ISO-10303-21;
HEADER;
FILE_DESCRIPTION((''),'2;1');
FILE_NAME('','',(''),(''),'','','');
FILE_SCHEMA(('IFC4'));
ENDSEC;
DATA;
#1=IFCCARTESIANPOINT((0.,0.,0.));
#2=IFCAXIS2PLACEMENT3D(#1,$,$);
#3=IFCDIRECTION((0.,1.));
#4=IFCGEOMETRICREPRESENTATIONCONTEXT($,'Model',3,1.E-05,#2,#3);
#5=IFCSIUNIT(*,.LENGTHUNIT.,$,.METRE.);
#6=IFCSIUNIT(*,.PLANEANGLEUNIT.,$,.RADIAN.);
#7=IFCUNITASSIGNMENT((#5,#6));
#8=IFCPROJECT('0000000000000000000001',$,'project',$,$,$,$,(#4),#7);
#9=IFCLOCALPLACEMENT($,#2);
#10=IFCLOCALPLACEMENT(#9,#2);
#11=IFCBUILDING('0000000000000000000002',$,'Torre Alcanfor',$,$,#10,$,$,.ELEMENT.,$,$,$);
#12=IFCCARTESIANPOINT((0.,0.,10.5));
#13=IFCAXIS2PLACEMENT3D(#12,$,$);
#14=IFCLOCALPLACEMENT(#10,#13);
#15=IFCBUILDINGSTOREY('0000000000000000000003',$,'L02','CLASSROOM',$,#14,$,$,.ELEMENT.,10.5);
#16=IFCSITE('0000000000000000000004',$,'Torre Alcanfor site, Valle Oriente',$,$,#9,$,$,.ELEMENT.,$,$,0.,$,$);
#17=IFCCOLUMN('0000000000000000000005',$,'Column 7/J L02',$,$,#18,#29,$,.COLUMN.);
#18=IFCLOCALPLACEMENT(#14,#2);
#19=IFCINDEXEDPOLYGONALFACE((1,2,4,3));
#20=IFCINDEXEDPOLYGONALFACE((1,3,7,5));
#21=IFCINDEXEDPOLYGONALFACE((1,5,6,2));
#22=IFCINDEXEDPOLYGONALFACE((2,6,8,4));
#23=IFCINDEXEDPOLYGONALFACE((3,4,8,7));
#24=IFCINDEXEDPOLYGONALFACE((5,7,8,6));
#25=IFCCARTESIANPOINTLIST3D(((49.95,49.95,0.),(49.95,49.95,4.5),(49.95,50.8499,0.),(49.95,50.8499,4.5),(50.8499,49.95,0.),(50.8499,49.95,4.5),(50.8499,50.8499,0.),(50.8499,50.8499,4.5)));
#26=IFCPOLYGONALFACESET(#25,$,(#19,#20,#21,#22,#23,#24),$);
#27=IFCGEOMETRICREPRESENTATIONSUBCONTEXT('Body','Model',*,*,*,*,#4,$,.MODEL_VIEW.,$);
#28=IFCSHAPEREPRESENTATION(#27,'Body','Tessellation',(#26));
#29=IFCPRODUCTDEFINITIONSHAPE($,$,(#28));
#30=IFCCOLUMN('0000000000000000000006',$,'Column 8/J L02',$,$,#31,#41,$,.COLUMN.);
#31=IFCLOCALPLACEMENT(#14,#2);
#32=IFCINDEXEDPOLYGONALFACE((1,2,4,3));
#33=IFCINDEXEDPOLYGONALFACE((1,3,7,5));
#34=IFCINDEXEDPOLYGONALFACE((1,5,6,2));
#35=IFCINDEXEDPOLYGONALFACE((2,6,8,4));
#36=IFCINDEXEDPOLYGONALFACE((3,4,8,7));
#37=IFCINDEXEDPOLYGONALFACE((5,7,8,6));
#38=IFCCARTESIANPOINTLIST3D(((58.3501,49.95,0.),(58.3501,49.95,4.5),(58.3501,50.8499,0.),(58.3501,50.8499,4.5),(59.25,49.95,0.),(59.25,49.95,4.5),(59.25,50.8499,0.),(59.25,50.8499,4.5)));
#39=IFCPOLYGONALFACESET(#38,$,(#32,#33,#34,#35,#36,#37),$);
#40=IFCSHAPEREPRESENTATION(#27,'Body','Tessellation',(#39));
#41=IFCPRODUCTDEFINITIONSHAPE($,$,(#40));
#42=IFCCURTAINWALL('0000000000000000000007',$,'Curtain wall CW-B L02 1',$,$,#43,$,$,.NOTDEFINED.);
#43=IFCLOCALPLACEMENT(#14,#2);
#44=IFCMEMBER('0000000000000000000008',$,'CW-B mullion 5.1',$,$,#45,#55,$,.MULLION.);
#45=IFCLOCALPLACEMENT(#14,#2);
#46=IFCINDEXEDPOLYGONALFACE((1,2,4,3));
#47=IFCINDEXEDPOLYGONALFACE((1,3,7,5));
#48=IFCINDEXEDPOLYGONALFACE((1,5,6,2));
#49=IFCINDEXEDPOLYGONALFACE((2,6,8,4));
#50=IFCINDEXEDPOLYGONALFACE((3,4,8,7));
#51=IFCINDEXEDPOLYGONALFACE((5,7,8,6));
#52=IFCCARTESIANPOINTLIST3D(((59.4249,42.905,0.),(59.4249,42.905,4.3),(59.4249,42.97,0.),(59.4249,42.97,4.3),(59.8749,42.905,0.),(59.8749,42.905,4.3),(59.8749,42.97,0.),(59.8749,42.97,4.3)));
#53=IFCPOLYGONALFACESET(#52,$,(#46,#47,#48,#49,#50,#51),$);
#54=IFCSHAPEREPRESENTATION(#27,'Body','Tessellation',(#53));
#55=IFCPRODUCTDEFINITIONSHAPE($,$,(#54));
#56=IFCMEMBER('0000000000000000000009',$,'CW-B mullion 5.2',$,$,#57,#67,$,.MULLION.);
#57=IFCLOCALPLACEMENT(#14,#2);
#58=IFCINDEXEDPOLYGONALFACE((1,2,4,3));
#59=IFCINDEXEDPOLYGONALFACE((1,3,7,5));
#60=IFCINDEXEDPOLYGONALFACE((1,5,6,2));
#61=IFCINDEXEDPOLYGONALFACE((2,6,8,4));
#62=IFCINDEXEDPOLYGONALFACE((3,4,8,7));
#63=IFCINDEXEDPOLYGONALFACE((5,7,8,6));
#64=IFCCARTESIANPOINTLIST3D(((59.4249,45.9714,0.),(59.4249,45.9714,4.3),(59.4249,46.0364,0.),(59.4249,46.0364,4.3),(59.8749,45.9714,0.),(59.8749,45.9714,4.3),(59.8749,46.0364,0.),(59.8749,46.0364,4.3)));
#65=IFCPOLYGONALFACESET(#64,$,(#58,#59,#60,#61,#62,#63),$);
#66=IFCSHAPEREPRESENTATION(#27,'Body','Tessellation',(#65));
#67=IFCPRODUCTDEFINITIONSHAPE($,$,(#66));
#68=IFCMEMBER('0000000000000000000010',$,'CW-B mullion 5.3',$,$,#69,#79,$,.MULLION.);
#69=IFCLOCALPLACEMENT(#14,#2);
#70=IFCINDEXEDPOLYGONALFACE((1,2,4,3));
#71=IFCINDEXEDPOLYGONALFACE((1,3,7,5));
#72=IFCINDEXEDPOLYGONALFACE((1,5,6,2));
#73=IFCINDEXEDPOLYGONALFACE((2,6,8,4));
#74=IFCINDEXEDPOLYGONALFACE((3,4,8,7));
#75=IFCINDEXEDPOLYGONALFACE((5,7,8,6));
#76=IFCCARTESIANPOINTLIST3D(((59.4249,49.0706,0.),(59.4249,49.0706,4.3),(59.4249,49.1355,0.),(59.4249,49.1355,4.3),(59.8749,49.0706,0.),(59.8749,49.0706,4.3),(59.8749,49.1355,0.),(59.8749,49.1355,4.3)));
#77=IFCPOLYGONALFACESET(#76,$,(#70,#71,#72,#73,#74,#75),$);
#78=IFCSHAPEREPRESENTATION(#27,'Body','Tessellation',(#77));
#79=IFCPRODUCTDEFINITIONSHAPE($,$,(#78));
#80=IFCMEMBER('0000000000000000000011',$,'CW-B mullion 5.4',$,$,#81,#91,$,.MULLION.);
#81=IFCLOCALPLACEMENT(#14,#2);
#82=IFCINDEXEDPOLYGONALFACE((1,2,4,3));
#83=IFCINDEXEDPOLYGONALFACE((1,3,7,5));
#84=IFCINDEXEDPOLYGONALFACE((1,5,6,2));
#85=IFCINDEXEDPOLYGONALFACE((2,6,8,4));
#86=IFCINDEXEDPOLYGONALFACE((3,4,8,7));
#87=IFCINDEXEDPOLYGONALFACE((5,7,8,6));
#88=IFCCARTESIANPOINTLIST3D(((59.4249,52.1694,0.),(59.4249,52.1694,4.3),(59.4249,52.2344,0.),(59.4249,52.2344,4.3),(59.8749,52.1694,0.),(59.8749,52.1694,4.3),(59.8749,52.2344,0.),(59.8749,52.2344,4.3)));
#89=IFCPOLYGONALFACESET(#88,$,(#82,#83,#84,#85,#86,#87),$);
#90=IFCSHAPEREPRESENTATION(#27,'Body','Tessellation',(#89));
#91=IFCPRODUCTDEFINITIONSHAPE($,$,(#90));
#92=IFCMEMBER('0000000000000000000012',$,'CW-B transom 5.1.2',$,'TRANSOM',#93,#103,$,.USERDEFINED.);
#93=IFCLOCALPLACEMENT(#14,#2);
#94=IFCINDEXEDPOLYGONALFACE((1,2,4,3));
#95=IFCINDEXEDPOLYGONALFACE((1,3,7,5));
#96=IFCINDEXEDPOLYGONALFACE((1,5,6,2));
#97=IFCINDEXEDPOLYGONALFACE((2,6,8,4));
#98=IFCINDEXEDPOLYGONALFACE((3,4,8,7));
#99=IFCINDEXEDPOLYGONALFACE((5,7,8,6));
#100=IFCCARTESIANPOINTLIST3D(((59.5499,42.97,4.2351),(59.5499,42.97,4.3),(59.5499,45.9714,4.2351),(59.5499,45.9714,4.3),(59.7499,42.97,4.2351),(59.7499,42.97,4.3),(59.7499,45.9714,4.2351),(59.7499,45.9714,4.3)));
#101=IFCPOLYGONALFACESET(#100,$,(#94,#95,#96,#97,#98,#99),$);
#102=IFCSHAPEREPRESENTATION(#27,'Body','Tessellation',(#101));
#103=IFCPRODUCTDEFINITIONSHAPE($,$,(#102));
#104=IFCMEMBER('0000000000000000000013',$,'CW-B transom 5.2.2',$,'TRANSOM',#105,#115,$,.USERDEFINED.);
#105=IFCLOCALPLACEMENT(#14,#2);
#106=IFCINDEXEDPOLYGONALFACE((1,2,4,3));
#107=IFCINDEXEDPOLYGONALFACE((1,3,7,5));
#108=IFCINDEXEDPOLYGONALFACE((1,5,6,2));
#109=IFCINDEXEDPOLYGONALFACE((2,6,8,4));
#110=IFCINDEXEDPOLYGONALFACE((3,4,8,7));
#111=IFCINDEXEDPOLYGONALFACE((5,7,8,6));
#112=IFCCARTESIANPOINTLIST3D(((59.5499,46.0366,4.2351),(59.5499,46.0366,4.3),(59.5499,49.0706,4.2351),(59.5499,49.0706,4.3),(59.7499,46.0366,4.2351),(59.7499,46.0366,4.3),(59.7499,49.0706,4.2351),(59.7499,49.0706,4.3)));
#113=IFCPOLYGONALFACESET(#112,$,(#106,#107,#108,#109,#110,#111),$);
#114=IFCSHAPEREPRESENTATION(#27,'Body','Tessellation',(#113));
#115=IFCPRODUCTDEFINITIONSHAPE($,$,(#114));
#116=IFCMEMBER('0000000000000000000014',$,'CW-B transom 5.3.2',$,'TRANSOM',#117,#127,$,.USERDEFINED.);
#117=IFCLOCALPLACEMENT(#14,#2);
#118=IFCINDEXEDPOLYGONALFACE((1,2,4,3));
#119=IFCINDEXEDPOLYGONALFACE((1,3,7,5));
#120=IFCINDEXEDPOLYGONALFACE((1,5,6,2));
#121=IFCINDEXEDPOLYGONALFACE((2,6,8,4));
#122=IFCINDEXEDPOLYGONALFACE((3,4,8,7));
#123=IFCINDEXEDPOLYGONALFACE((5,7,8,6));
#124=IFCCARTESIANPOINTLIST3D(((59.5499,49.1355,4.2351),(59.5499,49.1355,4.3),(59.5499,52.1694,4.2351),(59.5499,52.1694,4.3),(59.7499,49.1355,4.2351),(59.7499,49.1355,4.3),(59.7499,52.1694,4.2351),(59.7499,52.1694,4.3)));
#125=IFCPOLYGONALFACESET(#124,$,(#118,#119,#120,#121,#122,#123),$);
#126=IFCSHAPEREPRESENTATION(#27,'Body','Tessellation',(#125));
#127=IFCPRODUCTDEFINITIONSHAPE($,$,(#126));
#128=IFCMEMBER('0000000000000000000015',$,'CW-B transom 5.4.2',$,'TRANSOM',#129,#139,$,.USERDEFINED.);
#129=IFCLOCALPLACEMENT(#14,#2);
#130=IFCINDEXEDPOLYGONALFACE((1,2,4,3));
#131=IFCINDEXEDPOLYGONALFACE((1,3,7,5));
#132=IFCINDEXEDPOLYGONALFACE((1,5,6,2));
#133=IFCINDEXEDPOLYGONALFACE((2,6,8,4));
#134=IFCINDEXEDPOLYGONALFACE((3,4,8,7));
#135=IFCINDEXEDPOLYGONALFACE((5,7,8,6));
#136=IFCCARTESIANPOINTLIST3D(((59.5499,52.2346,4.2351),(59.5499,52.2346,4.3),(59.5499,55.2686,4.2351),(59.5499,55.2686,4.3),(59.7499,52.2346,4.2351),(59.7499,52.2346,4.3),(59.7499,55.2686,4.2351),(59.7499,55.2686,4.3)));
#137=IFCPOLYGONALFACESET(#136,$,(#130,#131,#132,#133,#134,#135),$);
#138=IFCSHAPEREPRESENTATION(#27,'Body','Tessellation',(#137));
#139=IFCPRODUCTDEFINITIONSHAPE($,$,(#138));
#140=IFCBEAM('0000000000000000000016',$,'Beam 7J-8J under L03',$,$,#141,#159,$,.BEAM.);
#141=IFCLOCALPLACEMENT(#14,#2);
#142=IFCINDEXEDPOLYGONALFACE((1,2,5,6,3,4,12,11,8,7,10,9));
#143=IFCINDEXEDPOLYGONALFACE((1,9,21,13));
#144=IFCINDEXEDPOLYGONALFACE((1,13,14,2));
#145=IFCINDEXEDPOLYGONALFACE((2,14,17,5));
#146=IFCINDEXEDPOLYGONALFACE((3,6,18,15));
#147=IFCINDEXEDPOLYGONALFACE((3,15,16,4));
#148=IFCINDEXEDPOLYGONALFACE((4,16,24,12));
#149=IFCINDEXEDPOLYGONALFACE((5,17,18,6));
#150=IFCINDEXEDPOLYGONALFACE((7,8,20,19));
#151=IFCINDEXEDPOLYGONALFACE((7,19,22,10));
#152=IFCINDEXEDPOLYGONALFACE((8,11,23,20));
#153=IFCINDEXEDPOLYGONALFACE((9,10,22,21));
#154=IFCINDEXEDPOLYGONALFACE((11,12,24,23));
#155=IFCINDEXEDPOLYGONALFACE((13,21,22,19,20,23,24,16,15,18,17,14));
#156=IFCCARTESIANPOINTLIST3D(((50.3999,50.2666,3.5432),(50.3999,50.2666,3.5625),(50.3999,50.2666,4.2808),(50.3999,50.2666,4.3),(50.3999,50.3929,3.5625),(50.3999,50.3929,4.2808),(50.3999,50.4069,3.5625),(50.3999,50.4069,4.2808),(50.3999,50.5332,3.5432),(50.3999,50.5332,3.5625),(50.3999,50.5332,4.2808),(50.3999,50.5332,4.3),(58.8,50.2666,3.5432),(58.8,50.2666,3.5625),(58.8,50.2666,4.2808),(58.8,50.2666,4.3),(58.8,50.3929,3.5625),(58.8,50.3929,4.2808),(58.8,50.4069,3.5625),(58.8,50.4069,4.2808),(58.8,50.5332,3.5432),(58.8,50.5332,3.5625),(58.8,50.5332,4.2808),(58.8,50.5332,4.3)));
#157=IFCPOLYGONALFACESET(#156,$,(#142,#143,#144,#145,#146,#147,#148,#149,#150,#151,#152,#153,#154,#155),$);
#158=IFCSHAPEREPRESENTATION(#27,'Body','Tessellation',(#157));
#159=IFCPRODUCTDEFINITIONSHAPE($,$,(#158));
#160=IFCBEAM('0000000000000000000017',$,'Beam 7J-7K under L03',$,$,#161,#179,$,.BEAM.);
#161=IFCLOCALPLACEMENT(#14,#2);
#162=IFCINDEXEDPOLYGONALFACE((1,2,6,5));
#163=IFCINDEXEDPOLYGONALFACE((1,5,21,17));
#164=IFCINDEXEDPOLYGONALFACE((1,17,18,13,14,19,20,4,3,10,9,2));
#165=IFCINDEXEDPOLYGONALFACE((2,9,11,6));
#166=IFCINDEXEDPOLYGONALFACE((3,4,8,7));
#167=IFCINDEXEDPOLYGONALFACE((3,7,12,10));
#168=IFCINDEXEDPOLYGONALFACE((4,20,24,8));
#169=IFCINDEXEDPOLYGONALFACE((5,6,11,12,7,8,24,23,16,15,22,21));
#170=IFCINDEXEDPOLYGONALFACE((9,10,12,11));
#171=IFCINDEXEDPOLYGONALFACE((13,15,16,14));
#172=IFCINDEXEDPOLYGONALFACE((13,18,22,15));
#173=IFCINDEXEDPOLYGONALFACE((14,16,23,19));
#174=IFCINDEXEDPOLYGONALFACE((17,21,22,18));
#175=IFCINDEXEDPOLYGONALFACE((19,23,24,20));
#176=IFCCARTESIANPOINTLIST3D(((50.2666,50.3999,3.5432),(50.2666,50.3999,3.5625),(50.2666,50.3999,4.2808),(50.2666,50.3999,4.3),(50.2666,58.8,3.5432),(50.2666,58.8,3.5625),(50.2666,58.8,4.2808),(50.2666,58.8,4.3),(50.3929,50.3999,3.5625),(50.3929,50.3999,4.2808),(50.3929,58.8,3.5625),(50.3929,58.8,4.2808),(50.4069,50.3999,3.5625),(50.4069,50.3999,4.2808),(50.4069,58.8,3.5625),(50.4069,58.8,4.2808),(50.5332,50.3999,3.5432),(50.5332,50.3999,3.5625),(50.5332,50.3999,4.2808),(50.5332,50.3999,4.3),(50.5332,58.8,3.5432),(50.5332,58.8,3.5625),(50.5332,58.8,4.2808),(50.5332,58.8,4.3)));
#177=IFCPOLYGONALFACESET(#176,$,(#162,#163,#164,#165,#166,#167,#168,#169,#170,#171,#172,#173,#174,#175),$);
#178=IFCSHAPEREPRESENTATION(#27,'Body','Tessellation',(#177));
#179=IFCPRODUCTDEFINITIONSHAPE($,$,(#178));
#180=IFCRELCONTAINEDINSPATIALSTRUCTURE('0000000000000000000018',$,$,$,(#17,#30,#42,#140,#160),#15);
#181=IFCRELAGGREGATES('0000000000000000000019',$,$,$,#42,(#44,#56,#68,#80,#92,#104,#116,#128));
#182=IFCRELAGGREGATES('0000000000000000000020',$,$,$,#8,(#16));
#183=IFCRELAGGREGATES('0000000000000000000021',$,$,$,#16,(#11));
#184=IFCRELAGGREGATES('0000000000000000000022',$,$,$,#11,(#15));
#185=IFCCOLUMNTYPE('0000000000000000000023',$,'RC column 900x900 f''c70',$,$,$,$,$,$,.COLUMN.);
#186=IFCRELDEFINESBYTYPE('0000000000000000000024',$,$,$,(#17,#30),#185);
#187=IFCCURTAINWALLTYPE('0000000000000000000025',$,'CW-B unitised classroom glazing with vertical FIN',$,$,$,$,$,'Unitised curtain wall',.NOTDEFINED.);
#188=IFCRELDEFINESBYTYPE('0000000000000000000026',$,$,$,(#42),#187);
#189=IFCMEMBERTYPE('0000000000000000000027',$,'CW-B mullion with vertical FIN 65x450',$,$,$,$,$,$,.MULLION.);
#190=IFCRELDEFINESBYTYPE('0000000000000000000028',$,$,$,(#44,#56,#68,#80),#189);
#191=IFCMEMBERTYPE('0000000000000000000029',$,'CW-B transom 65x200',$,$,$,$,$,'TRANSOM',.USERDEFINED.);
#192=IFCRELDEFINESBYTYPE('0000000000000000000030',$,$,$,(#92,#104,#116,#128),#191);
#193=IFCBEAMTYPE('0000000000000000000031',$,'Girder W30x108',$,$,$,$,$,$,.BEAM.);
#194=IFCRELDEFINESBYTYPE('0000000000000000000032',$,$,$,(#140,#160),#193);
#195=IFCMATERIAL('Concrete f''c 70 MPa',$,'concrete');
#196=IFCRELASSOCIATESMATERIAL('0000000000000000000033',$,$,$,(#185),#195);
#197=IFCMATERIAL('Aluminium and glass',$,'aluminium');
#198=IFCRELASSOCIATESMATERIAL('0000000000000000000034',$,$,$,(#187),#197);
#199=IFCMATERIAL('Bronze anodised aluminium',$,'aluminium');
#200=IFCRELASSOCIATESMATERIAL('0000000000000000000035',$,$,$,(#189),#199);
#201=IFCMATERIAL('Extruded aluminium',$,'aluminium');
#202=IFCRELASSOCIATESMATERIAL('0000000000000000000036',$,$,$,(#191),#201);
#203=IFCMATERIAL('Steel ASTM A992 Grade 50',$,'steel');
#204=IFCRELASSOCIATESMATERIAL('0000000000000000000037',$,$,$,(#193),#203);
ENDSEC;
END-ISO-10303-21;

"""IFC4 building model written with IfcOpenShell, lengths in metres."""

from ifc_helpers import new_model, si_unit, direction, frame, origin, origin_2d, place, context, subcontext, project, spatial, rectangle, i_section, extrude, material, material_profile, profile_set, type_object, element, aggregate, save


model = new_model("IFC4")

# Units and contexts
model_context = context("Model", 3, precision=1e-05, world=origin(), true_north=direction((0.0, 1.0)))
body_context = subcontext(model_context, "Body", "Model", "MODEL_VIEW")
ifc_project = project(units=[si_unit("LENGTHUNIT", "METRE"), si_unit("PLANEANGLEUNIT", "RADIAN")], contexts=[model_context])

# Site, building, storey
site_placement = place(None, origin())
site = spatial("IfcSite", under=ifc_project, at=site_placement, Name="Torre Alcanfor site, Valle Oriente", CompositionType="ELEMENT", RefElevation=0.0)
building_placement = place(site_placement, origin())
building = spatial("IfcBuilding", under=site, at=building_placement, Name="Torre Alcanfor", CompositionType="ELEMENT")
storey_placement = place(building_placement, frame((0.0, 0.0, 10.5)))
storey = spatial("IfcBuildingStorey", under=building, at=storey_placement, Name="L02", Description="CLASSROOM", CompositionType="ELEMENT", Elevation=10.5)

# Columns
ifc_material_1 = material(Name="Concrete f'c 70 MPa", Category="concrete")
ifc_material_profile_1 = material_profile(ifc_material_1, rectangle(XDim=0.8999, YDim=0.8999, at=origin_2d()), Name="900x900")
ifc_profile_set_1 = profile_set([ifc_material_profile_1], Name="Concrete f'c 70 MPa")
column_type = type_object("IfcColumnType", Name="RC column 900x900 f'c70", PredefinedType="COLUMN", material=ifc_profile_set_1)
for number, where, z_axis, x_axis, name in (
    (1, (50.3999, 50.3999, 0.0), (0.0, 0.0, 1.0), (1.0, 0.0, 0.0), "Column 7/J L02"),
    (2, (58.8, 50.3999, 0.0), (0.0, 0.0, 1.0), (1.0, 0.0, 0.0), "Column 8/J L02"),
):
    element("IfcColumn", number, at=place(storey_placement, frame(where, z_axis=z_axis, x_axis=x_axis)), inside=storey, type_object=column_type, Name=name, PredefinedType="COLUMN", context=body_context, shape_type="SweptSolid", body=[
        extrude(rectangle(XDim=0.8999, YDim=0.8999, at=origin_2d()), origin(), (0.0, 0.0, 1.0), 4.5),
    ])

# Curtain wall, members
ifc_material_2 = material(Name="Aluminium and glass", Category="aluminium")
curtain_wall_type = type_object("IfcCurtainWallType", Name="CW-B unitised classroom glazing with vertical FIN", ElementType="Unitised curtain wall", PredefinedType="NOTDEFINED", material=ifc_material_2)
curtain_wall_placement = place(storey_placement, origin())
curtain_wall = element("IfcCurtainWall", 3, at=curtain_wall_placement, inside=storey, type_object=curtain_wall_type, Name="Curtain wall CW-B L02 1", PredefinedType="NOTDEFINED")
ifc_material_3 = material(Name="Bronze anodised aluminium", Category="aluminium")
ifc_material_profile_2 = material_profile(ifc_material_3, rectangle(XDim=0.45, YDim=0.0649, at=origin_2d()), Name="CW-B mullion 65x450")
ifc_profile_set_2 = profile_set([ifc_material_profile_2], Name="Bronze anodised aluminium")
member_type_1 = type_object("IfcMemberType", Name="CW-B mullion with vertical FIN 65x450", PredefinedType="MULLION", material=ifc_profile_set_2)
member_1_placement = place(storey_placement, frame((59.6499, 42.9375, 0.0), z_axis=(0.0, 0.0, 1.0), x_axis=(-1.0, 0.0, 0.0)))
member_1 = element("IfcMember", 4, at=member_1_placement, type_object=member_type_1, Name="CW-B mullion 5.1", PredefinedType="MULLION", context=body_context, shape_type="SweptSolid", body=[
    extrude(rectangle(XDim=0.45, YDim=0.0649, at=origin_2d()), origin(), (0.0, 0.0, 1.0), 4.3),
])
member_2_placement = place(storey_placement, frame((59.6499, 46.0039, 0.0), z_axis=(0.0, 0.0, 1.0), x_axis=(-1.0, 0.0, 0.0)))
member_2 = element("IfcMember", 5, at=member_2_placement, type_object=member_type_1, Name="CW-B mullion 5.2", PredefinedType="MULLION", context=body_context, shape_type="SweptSolid", body=[
    extrude(rectangle(XDim=0.45, YDim=0.0649, at=origin_2d()), origin(), (0.0, 0.0, 1.0), 4.3),
])
member_3_placement = place(storey_placement, frame((59.6499, 49.103, 0.0), z_axis=(0.0, 0.0, 1.0), x_axis=(-1.0, 0.0, 0.0)))
member_3 = element("IfcMember", 6, at=member_3_placement, type_object=member_type_1, Name="CW-B mullion 5.3", PredefinedType="MULLION", context=body_context, shape_type="SweptSolid", body=[
    extrude(rectangle(XDim=0.45, YDim=0.0649, at=origin_2d()), origin(), (0.0, 0.0, 1.0), 4.3),
])
member_4_placement = place(storey_placement, frame((59.6499, 52.2019, 0.0), z_axis=(0.0, 0.0, 1.0), x_axis=(-1.0, 0.0, 0.0)))
member_4 = element("IfcMember", 7, at=member_4_placement, type_object=member_type_1, Name="CW-B mullion 5.4", PredefinedType="MULLION", context=body_context, shape_type="SweptSolid", body=[
    extrude(rectangle(XDim=0.45, YDim=0.0649, at=origin_2d()), origin(), (0.0, 0.0, 1.0), 4.3),
])
ifc_material_4 = material(Name="Extruded aluminium", Category="aluminium")
ifc_material_profile_3 = material_profile(ifc_material_4, rectangle(XDim=0.2, YDim=0.0649, at=origin_2d()), Name="CW-B transom 200x65")
ifc_profile_set_3 = profile_set([ifc_material_profile_3], Name="Extruded aluminium")
member_type_2 = type_object("IfcMemberType", Name="CW-B transom 65x200", ElementType="TRANSOM", PredefinedType="USERDEFINED", material=ifc_profile_set_3)
member_5_placement = place(storey_placement, frame((59.6499, 42.97, 4.2676), z_axis=(0.0, 1.0, 0.0), x_axis=(-1.0, 0.0, 0.0)))
member_5 = element("IfcMember", 8, at=member_5_placement, type_object=member_type_2, Name="CW-B transom 5.1.2", ObjectType="TRANSOM", PredefinedType="USERDEFINED", context=body_context, shape_type="SweptSolid", body=[
    extrude(rectangle(XDim=0.2, YDim=0.0649, at=origin_2d()), origin(), (0.0, 0.0, 1.0), 3.0015),
])
member_6_placement = place(storey_placement, frame((59.6499, 46.0366, 4.2676), z_axis=(0.0, 1.0, 0.0), x_axis=(-1.0, 0.0, 0.0)))
member_6 = element("IfcMember", 9, at=member_6_placement, type_object=member_type_2, Name="CW-B transom 5.2.2", ObjectType="TRANSOM", PredefinedType="USERDEFINED", context=body_context, shape_type="SweptSolid", body=[
    extrude(rectangle(XDim=0.2, YDim=0.0649, at=origin_2d()), origin(), (0.0, 0.0, 1.0), 3.0339),
])
member_7_placement = place(storey_placement, frame((59.6499, 49.1355, 4.2676), z_axis=(0.0, 1.0, 0.0), x_axis=(-1.0, 0.0, 0.0)))
member_7 = element("IfcMember", 10, at=member_7_placement, type_object=member_type_2, Name="CW-B transom 5.3.2", ObjectType="TRANSOM", PredefinedType="USERDEFINED", context=body_context, shape_type="SweptSolid", body=[
    extrude(rectangle(XDim=0.2, YDim=0.0649, at=origin_2d()), origin(), (0.0, 0.0, 1.0), 3.0339),
])
member_8_placement = place(storey_placement, frame((59.6499, 52.2346, 4.2676), z_axis=(0.0, 1.0, 0.0), x_axis=(-1.0, 0.0, 0.0)))
member_8 = element("IfcMember", 11, at=member_8_placement, type_object=member_type_2, Name="CW-B transom 5.4.2", ObjectType="TRANSOM", PredefinedType="USERDEFINED", context=body_context, shape_type="SweptSolid", body=[
    extrude(rectangle(XDim=0.2, YDim=0.0649, at=origin_2d()), origin(), (0.0, 0.0, 1.0), 3.0339),
])

# Beams
ifc_material_5 = material(Name="Steel ASTM A992 Grade 50", Category="steel")
ifc_material_profile_4 = material_profile(ifc_material_5, i_section(OverallWidth=0.2666, OverallDepth=0.7568, WebThickness=0.0139, FlangeThickness=0.0193, at=origin_2d()), Name="W30x108")
ifc_profile_set_4 = profile_set([ifc_material_profile_4], Name="Steel ASTM A992 Grade 50")
beam_type_1 = type_object("IfcBeamType", Name="Girder W30x108", PredefinedType="BEAM", material=ifc_profile_set_4)
for number, where, z_axis, x_axis, name in (
    (12, (50.3999, 50.3999, 3.9216), (1.0, 0.0, 0.0), (0.0, 1.0, 0.0), "Beam 7J-8J under L03"),
    (13, (50.3999, 50.3999, 3.9216), (0.0, 1.0, 0.0), (-1.0, 0.0, 0.0), "Beam 7J-7K under L03"),
):
    element("IfcBeam", number, at=place(storey_placement, frame(where, z_axis=z_axis, x_axis=x_axis)), inside=storey, type_object=beam_type_1, Name=name, PredefinedType="BEAM", context=body_context, shape_type="SweptSolid", body=[
        extrude(i_section(OverallWidth=0.2666, OverallDepth=0.7568, WebThickness=0.0139, FlangeThickness=0.0193, at=origin_2d()), origin(), (0.0, 0.0, 1.0), 8.4001),
    ])

aggregate(curtain_wall, [member_1, member_2, member_3, member_4, member_5, member_6, member_7, member_8])

save(model, "model.ifc")
